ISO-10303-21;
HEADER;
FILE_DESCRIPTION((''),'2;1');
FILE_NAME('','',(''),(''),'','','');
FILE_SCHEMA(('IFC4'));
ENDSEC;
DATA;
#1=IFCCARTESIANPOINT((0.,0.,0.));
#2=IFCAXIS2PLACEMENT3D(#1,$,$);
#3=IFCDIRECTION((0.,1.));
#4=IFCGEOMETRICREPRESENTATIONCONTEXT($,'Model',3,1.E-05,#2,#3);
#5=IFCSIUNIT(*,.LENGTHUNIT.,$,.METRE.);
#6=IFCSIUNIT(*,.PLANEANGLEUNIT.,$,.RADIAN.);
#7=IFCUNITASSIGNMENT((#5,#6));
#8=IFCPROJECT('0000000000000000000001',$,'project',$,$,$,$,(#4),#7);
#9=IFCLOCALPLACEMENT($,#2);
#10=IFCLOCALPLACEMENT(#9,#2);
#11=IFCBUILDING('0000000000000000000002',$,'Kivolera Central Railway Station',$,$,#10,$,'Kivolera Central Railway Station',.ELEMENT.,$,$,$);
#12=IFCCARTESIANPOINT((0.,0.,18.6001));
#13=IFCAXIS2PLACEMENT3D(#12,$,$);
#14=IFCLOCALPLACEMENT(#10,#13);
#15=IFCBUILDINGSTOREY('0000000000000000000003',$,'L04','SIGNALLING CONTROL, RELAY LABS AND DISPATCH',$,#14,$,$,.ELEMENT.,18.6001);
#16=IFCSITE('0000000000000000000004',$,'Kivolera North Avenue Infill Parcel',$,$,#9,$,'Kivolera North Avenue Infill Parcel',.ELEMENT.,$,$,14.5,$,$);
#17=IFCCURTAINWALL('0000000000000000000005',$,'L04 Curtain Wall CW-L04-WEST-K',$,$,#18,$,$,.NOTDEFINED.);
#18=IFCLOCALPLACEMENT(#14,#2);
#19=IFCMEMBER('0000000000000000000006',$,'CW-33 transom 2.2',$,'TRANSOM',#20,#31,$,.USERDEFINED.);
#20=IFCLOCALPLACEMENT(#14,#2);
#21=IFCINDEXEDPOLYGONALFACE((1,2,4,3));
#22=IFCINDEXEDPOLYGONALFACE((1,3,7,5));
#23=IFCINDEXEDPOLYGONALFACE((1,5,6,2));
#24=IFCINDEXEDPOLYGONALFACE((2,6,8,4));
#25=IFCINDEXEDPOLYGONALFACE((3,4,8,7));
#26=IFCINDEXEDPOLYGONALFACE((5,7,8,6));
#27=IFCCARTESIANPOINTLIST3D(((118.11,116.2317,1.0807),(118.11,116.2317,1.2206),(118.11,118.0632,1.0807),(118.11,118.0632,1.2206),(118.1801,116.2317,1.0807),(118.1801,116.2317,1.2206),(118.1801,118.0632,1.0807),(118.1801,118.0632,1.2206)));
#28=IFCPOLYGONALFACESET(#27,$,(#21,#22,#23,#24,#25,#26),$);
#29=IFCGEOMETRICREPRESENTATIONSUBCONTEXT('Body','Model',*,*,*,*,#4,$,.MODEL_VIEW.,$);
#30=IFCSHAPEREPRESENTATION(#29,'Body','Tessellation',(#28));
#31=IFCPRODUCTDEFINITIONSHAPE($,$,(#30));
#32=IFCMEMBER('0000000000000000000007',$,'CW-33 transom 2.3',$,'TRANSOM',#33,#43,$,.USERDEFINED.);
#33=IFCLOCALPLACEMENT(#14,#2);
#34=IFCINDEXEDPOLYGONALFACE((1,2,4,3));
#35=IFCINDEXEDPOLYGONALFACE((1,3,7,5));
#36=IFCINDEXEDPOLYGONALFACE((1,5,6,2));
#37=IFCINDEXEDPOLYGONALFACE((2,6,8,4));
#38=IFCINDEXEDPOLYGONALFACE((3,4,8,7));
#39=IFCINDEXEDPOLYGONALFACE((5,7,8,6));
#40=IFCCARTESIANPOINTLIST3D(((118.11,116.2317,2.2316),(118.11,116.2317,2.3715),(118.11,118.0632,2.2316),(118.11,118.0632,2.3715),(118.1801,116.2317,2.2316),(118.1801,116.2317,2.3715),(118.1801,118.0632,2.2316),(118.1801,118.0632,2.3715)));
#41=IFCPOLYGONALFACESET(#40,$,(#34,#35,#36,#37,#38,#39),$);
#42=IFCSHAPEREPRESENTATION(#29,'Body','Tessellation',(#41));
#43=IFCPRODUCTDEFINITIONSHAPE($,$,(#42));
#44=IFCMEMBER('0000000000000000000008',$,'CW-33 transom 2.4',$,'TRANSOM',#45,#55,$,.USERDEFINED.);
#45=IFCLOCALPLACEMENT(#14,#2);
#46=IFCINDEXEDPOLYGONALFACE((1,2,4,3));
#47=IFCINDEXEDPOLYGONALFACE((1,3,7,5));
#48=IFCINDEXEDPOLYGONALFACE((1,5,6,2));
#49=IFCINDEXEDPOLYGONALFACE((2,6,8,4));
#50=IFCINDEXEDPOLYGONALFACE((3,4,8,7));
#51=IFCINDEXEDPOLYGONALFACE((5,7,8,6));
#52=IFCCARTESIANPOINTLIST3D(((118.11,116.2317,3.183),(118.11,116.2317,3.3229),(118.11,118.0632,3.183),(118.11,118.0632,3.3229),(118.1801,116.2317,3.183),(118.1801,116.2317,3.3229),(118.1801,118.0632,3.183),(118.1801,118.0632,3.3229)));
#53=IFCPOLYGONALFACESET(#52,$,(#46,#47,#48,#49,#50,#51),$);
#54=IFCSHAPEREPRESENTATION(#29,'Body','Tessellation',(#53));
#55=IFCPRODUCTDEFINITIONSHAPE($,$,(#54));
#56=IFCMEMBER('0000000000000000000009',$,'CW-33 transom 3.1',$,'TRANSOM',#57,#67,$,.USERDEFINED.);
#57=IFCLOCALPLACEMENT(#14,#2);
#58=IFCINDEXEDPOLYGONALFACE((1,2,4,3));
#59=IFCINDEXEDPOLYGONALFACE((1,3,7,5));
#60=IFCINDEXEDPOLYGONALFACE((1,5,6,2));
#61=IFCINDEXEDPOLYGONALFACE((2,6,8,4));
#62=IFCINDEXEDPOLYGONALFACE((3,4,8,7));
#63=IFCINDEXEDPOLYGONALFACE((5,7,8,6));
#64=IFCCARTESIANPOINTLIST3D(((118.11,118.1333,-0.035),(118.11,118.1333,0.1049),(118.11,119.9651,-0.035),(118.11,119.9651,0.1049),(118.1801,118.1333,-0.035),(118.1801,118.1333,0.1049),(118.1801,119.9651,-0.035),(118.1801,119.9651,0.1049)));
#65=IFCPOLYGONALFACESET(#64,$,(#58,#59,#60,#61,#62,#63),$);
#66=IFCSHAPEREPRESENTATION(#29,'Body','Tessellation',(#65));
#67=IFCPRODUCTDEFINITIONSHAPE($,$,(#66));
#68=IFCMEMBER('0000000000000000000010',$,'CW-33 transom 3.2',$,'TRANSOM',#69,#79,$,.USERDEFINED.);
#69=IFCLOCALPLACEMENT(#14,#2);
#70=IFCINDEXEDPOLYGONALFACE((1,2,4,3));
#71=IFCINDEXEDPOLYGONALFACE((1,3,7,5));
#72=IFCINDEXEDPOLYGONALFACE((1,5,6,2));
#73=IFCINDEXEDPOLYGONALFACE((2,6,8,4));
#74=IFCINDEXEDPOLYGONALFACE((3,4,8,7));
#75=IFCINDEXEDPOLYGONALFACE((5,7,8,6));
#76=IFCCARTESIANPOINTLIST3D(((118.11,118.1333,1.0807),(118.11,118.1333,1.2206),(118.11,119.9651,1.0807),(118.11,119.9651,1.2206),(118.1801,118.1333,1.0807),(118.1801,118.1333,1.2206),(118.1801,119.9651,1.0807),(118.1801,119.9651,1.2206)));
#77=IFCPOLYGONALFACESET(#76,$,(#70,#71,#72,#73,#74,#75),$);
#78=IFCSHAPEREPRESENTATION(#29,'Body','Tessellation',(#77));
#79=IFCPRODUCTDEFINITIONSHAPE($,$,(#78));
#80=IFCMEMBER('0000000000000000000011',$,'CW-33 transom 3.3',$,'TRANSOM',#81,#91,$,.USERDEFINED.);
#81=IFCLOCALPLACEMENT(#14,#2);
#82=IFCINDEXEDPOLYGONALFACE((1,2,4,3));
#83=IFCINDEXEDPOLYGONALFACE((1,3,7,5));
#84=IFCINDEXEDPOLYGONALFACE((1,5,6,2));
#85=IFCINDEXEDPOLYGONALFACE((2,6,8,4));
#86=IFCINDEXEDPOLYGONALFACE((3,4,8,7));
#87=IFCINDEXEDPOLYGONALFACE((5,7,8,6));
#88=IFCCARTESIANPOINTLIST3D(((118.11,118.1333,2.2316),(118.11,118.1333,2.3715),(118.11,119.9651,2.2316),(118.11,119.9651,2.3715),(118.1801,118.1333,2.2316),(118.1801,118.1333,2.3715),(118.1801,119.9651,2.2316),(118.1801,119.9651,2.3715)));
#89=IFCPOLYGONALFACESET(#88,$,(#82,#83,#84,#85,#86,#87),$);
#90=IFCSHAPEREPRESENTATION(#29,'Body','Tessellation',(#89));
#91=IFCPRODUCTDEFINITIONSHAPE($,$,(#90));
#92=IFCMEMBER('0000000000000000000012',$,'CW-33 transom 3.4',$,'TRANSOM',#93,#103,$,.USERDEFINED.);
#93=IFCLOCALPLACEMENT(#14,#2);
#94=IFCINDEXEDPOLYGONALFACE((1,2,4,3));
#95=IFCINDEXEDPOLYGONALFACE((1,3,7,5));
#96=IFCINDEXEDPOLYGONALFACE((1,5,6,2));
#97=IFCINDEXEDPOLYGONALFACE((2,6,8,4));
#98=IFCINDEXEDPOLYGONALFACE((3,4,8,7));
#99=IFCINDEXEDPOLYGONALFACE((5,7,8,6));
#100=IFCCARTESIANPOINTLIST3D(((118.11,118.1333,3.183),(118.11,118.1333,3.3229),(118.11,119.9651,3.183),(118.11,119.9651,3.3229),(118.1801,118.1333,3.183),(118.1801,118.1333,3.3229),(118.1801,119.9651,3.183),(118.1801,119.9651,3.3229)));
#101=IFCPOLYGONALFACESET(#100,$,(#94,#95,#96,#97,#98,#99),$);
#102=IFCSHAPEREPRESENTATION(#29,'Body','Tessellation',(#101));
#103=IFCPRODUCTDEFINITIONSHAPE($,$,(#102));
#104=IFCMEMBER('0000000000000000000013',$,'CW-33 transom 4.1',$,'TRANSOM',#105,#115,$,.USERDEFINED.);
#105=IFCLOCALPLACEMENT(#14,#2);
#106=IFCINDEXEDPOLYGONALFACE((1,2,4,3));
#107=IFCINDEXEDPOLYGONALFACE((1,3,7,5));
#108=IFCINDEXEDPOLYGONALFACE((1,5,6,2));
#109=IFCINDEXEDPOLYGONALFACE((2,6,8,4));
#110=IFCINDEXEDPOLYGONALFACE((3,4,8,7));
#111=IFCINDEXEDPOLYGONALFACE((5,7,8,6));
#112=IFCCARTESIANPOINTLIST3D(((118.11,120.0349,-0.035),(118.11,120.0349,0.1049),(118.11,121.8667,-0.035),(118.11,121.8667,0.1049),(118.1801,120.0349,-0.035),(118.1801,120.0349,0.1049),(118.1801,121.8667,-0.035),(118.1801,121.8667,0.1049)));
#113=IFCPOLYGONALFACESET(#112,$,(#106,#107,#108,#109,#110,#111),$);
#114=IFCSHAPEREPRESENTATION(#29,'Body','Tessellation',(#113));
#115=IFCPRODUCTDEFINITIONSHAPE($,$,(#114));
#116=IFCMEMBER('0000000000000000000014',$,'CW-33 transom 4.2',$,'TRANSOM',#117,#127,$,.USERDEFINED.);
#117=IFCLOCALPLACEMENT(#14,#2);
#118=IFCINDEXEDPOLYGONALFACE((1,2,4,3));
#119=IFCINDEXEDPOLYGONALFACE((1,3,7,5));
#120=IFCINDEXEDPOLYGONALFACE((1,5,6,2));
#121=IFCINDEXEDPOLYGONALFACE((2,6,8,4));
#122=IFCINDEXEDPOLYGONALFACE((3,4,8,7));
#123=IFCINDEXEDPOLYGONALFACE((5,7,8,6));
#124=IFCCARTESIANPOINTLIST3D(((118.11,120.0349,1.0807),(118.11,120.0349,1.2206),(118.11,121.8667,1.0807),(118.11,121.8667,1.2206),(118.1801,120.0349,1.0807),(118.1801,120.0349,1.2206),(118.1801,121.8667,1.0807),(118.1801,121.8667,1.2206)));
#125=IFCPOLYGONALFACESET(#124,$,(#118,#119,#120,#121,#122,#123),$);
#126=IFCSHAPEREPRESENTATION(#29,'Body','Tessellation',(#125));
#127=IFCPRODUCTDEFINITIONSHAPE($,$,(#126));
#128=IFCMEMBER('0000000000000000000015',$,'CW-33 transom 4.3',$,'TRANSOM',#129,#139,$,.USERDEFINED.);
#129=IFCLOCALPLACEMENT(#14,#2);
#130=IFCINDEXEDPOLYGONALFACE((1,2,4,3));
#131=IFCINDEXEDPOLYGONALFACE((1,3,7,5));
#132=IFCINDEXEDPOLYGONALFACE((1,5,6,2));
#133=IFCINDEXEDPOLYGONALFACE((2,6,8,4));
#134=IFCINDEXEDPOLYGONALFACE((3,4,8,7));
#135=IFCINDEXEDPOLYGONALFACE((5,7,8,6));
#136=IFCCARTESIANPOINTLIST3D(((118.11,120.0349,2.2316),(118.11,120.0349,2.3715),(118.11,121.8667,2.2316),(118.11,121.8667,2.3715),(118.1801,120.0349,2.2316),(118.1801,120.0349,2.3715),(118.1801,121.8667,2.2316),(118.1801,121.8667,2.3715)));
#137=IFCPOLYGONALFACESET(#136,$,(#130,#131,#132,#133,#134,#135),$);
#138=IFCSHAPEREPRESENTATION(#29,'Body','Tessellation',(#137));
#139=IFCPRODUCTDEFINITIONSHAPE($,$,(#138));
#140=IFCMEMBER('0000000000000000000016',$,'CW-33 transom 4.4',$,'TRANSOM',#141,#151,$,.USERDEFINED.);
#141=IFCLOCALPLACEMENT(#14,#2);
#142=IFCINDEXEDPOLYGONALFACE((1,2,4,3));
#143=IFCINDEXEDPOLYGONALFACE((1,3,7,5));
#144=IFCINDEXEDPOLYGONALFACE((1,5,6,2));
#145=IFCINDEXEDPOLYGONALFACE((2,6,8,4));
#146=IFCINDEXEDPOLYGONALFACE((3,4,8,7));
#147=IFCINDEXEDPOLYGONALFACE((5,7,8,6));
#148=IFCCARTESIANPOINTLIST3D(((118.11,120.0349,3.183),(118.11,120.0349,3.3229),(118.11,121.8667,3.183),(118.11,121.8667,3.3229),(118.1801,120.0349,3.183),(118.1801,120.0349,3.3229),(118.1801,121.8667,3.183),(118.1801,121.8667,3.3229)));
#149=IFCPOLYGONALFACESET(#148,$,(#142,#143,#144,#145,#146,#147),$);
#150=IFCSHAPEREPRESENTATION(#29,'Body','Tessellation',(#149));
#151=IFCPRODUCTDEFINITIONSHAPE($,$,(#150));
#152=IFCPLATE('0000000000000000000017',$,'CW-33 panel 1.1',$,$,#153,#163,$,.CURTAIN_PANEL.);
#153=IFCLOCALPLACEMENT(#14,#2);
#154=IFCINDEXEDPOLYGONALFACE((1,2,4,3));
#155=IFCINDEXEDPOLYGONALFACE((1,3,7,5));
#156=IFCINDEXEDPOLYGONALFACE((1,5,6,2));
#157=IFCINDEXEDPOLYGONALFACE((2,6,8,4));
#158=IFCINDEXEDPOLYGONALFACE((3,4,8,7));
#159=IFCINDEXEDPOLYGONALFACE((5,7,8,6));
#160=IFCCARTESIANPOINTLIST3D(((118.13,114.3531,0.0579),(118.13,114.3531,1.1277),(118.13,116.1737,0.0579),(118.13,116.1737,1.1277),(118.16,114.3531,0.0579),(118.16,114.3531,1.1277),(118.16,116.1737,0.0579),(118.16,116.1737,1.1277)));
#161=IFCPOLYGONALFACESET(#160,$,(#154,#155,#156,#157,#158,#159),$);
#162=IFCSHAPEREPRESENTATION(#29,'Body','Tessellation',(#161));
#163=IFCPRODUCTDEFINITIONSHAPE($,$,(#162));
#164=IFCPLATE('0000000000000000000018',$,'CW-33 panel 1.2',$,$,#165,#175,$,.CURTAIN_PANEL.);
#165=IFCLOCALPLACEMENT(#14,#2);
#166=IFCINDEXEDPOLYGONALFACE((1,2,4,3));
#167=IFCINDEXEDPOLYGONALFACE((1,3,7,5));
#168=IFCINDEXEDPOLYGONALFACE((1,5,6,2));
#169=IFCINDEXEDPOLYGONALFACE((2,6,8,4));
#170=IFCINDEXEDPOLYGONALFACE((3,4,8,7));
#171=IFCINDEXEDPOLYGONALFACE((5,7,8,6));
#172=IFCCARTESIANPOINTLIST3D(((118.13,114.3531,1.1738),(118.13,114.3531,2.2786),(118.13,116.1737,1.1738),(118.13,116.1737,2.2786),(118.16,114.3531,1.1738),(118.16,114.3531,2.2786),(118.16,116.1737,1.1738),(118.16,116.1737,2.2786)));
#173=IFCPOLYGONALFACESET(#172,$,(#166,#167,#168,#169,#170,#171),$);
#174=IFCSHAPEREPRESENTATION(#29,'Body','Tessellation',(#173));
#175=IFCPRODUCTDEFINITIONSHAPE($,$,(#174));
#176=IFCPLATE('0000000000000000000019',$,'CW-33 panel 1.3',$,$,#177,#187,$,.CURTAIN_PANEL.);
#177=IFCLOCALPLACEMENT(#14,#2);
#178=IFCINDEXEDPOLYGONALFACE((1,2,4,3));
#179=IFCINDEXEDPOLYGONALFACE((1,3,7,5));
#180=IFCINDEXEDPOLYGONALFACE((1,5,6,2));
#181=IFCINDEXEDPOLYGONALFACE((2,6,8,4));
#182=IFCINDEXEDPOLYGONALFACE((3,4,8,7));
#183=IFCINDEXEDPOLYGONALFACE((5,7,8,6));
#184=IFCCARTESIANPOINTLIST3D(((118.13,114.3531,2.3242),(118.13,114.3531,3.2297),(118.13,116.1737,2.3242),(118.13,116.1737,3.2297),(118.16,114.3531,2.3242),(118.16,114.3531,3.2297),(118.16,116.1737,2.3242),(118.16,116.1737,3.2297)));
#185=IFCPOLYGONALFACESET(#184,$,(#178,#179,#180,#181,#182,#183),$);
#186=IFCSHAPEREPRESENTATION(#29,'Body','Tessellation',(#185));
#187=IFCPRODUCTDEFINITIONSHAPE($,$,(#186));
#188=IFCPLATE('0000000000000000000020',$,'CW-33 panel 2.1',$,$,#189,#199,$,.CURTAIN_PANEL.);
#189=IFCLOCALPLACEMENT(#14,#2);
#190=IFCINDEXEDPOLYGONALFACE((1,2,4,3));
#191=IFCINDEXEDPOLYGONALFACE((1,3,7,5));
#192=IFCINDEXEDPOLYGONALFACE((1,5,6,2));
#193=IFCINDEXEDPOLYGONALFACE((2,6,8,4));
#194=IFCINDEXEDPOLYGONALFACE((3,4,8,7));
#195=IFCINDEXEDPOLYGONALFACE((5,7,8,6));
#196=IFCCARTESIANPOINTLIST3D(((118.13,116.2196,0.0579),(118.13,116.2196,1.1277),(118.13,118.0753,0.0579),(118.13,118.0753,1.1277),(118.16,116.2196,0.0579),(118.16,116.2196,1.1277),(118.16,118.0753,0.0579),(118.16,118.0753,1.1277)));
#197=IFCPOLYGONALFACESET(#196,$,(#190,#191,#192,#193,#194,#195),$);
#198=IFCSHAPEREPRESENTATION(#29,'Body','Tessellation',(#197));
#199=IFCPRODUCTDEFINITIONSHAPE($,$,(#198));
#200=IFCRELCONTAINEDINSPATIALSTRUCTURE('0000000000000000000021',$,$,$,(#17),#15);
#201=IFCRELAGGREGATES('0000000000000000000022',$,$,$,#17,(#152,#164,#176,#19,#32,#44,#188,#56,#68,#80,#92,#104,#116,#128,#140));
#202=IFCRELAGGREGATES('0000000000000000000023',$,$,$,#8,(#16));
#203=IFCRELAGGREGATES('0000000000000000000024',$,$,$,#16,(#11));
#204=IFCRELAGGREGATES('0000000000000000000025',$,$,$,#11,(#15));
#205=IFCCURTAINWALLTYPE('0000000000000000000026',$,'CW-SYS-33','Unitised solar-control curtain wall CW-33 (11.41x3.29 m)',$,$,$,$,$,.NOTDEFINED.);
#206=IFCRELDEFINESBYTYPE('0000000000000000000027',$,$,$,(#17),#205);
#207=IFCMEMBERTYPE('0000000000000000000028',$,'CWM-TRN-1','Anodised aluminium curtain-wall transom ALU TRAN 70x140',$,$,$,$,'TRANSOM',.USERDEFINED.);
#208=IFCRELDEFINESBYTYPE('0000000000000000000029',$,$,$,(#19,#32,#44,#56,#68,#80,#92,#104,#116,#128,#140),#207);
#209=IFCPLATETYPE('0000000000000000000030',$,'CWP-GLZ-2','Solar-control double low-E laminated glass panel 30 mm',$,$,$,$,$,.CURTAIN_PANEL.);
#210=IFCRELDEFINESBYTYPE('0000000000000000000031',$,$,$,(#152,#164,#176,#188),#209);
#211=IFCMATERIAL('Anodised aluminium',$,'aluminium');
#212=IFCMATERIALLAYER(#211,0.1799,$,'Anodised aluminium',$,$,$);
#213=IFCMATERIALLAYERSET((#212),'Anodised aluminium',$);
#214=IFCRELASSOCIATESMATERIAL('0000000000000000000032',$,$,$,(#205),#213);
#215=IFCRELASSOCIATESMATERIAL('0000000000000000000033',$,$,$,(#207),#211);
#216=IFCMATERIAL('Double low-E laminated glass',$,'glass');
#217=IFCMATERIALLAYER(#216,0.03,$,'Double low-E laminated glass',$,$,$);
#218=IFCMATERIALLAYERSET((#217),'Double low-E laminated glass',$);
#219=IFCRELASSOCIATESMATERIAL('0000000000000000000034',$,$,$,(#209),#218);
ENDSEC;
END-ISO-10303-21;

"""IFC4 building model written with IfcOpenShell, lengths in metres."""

from ifc_helpers import new_model, si_unit, direction, frame, origin, origin_2d, place, context, subcontext, project, spatial, rectangle, extrude, material, layer, layer_set, material_profile, profile_set, type_object, element, aggregate, save


model = new_model("IFC4")

# Units and contexts
model_context = context("Model", 3, precision=1e-05, world=origin(), true_north=direction((0.0, 1.0)))
body_context = subcontext(model_context, "Body", "Model", "MODEL_VIEW")
ifc_project = project(units=[si_unit("LENGTHUNIT", "METRE"), si_unit("PLANEANGLEUNIT", "RADIAN")], contexts=[model_context])

# Site, building, storey
site_placement = place(None, origin())
site = spatial("IfcSite", under=ifc_project, at=site_placement, Name="Kivolera North Avenue Infill Parcel", LongName="Kivolera North Avenue Infill Parcel", CompositionType="ELEMENT", RefElevation=14.5)
building_placement = place(site_placement, origin())
building = spatial("IfcBuilding", under=site, at=building_placement, Name="Kivolera Central Railway Station", LongName="Kivolera Central Railway Station", CompositionType="ELEMENT")
storey_placement = place(building_placement, frame((0.0, 0.0, 18.6001)))
storey = spatial("IfcBuildingStorey", under=building, at=storey_placement, Name="L04", Description="SIGNALLING CONTROL, RELAY LABS AND DISPATCH", CompositionType="ELEMENT", Elevation=18.6001)

# Curtain wall, members, plates
ifc_material_1 = material(Name="Anodised aluminium", Category="aluminium")
ifc_layer_1 = layer(ifc_material_1, 0.1799, Name="Anodised aluminium")
ifc_layer_set_1 = layer_set([ifc_layer_1], Name="Anodised aluminium")
curtain_wall_type = type_object("IfcCurtainWallType", Name="CW-SYS-33", Description="Unitised solar-control curtain wall CW-33 (11.41x3.29 m)", PredefinedType="NOTDEFINED", material=ifc_layer_set_1)
curtain_wall_placement = place(storey_placement, origin())
curtain_wall = element("IfcCurtainWall", 1, at=curtain_wall_placement, inside=storey, type_object=curtain_wall_type, Name="L04 Curtain Wall CW-L04-WEST-K", PredefinedType="NOTDEFINED")
ifc_material_profile_1 = material_profile(ifc_material_1, rectangle(XDim=0.0701, YDim=0.1399, at=origin_2d()), Name="ALU TRAN 70x140")
ifc_profile_set_1 = profile_set([ifc_material_profile_1], Name="Anodised aluminium")
member_type_1 = type_object("IfcMemberType", Name="CWM-TRN-1", Description="Anodised aluminium curtain-wall transom ALU TRAN 70x140", ElementType="TRANSOM", PredefinedType="USERDEFINED", material=ifc_profile_set_1)
member_1_placement = place(storey_placement, frame((118.145, 116.2317, 1.1506), z_axis=(0.0, 1.0, 0.0), x_axis=(-1.0, 0.0, 0.0)))
member_1 = element("IfcMember", 2, at=member_1_placement, type_object=member_type_1, Name="CW-33 transom 2.2", ObjectType="TRANSOM", PredefinedType="USERDEFINED", context=body_context, shape_type="SweptSolid", body=[
    extrude(rectangle(XDim=0.0701, YDim=0.1399, at=origin_2d()), origin(), (0.0, 0.0, 1.0), 1.8315),
])
member_2_placement = place(storey_placement, frame((118.145, 116.2317, 2.3015), z_axis=(0.0, 1.0, 0.0), x_axis=(-1.0, 0.0, 0.0)))
member_2 = element("IfcMember", 3, at=member_2_placement, type_object=member_type_1, Name="CW-33 transom 2.3", ObjectType="TRANSOM", PredefinedType="USERDEFINED", context=body_context, shape_type="SweptSolid", body=[
    extrude(rectangle(XDim=0.0701, YDim=0.1399, at=origin_2d()), origin(), (0.0, 0.0, 1.0), 1.8315),
])
member_3_placement = place(storey_placement, frame((118.145, 116.2317, 3.2529), z_axis=(0.0, 1.0, 0.0), x_axis=(-1.0, 0.0, 0.0)))
member_3 = element("IfcMember", 4, at=member_3_placement, type_object=member_type_1, Name="CW-33 transom 2.4", ObjectType="TRANSOM", PredefinedType="USERDEFINED", context=body_context, shape_type="SweptSolid", body=[
    extrude(rectangle(XDim=0.0701, YDim=0.1399, at=origin_2d()), origin(), (0.0, 0.0, 1.0), 1.8315),
])
member_4_placement = place(storey_placement, frame((118.145, 118.1333, 0.0349), z_axis=(0.0, 1.0, 0.0), x_axis=(-1.0, 0.0, 0.0)))
member_4 = element("IfcMember", 5, at=member_4_placement, type_object=member_type_1, Name="CW-33 transom 3.1", ObjectType="TRANSOM", PredefinedType="USERDEFINED", context=body_context, shape_type="SweptSolid", body=[
    extrude(rectangle(XDim=0.0701, YDim=0.1399, at=origin_2d()), origin(), (0.0, 0.0, 1.0), 1.8318),
])
member_5_placement = place(storey_placement, frame((118.145, 118.1333, 1.1506), z_axis=(0.0, 1.0, 0.0), x_axis=(-1.0, 0.0, 0.0)))
member_5 = element("IfcMember", 6, at=member_5_placement, type_object=member_type_1, Name="CW-33 transom 3.2", ObjectType="TRANSOM", PredefinedType="USERDEFINED", context=body_context, shape_type="SweptSolid", body=[
    extrude(rectangle(XDim=0.0701, YDim=0.1399, at=origin_2d()), origin(), (0.0, 0.0, 1.0), 1.8318),
])
member_6_placement = place(storey_placement, frame((118.145, 118.1333, 2.3015), z_axis=(0.0, 1.0, 0.0), x_axis=(-1.0, 0.0, 0.0)))
member_6 = element("IfcMember", 7, at=member_6_placement, type_object=member_type_1, Name="CW-33 transom 3.3", ObjectType="TRANSOM", PredefinedType="USERDEFINED", context=body_context, shape_type="SweptSolid", body=[
    extrude(rectangle(XDim=0.0701, YDim=0.1399, at=origin_2d()), origin(), (0.0, 0.0, 1.0), 1.8318),
])
member_7_placement = place(storey_placement, frame((118.145, 118.1333, 3.2529), z_axis=(0.0, 1.0, 0.0), x_axis=(-1.0, 0.0, 0.0)))
member_7 = element("IfcMember", 8, at=member_7_placement, type_object=member_type_1, Name="CW-33 transom 3.4", ObjectType="TRANSOM", PredefinedType="USERDEFINED", context=body_context, shape_type="SweptSolid", body=[
    extrude(rectangle(XDim=0.0701, YDim=0.1399, at=origin_2d()), origin(), (0.0, 0.0, 1.0), 1.8318),
])
member_8_placement = place(storey_placement, frame((118.145, 120.0349, 0.0349), z_axis=(0.0, 1.0, 0.0), x_axis=(-1.0, 0.0, 0.0)))
member_8 = element("IfcMember", 9, at=member_8_placement, type_object=member_type_1, Name="CW-33 transom 4.1", ObjectType="TRANSOM", PredefinedType="USERDEFINED", context=body_context, shape_type="SweptSolid", body=[
    extrude(rectangle(XDim=0.0701, YDim=0.1399, at=origin_2d()), origin(), (0.0, 0.0, 1.0), 1.8318),
])
member_9_placement = place(storey_placement, frame((118.145, 120.0349, 1.1506), z_axis=(0.0, 1.0, 0.0), x_axis=(-1.0, 0.0, 0.0)))
member_9 = element("IfcMember", 10, at=member_9_placement, type_object=member_type_1, Name="CW-33 transom 4.2", ObjectType="TRANSOM", PredefinedType="USERDEFINED", context=body_context, shape_type="SweptSolid", body=[
    extrude(rectangle(XDim=0.0701, YDim=0.1399, at=origin_2d()), origin(), (0.0, 0.0, 1.0), 1.8318),
])
member_10_placement = place(storey_placement, frame((118.145, 120.0349, 2.3015), z_axis=(0.0, 1.0, 0.0), x_axis=(-1.0, 0.0, 0.0)))
member_10 = element("IfcMember", 11, at=member_10_placement, type_object=member_type_1, Name="CW-33 transom 4.3", ObjectType="TRANSOM", PredefinedType="USERDEFINED", context=body_context, shape_type="SweptSolid", body=[
    extrude(rectangle(XDim=0.0701, YDim=0.1399, at=origin_2d()), origin(), (0.0, 0.0, 1.0), 1.8318),
])
member_11_placement = place(storey_placement, frame((118.145, 120.0349, 3.2529), z_axis=(0.0, 1.0, 0.0), x_axis=(-1.0, 0.0, 0.0)))
member_11 = element("IfcMember", 12, at=member_11_placement, type_object=member_type_1, Name="CW-33 transom 4.4", ObjectType="TRANSOM", PredefinedType="USERDEFINED", context=body_context, shape_type="SweptSolid", body=[
    extrude(rectangle(XDim=0.0701, YDim=0.1399, at=origin_2d()), origin(), (0.0, 0.0, 1.0), 1.8318),
])
ifc_material_2 = material(Name="Double low-E laminated glass", Category="glass")
ifc_layer_2 = layer(ifc_material_2, 0.03, Name="Double low-E laminated glass")
ifc_layer_set_2 = layer_set([ifc_layer_2], Name="Double low-E laminated glass")
plate_type = type_object("IfcPlateType", Name="CWP-GLZ-2", Description="Solar-control double low-E laminated glass panel 30 mm", PredefinedType="CURTAIN_PANEL", material=ifc_layer_set_2)
plate_1_placement = place(storey_placement, frame((118.145, 115.2634, 0.0579), z_axis=(0.0, 0.0, 1.0), x_axis=(0.0, 1.0, 0.0)))
plate_1 = element("IfcPlate", 13, at=plate_1_placement, type_object=plate_type, Name="CW-33 panel 1.1", PredefinedType="CURTAIN_PANEL", context=body_context, shape_type="SweptSolid", body=[
    extrude(rectangle(XDim=1.8206, YDim=0.03, at=origin_2d()), origin(), (0.0, 0.0, 1.0), 1.0698),
])
plate_2_placement = place(storey_placement, frame((118.145, 115.2634, 1.1738), z_axis=(0.0, 0.0, 1.0), x_axis=(0.0, 1.0, 0.0)))
plate_2 = element("IfcPlate", 14, at=plate_2_placement, type_object=plate_type, Name="CW-33 panel 1.2", PredefinedType="CURTAIN_PANEL", context=body_context, shape_type="SweptSolid", body=[
    extrude(rectangle(XDim=1.8206, YDim=0.03, at=origin_2d()), origin(), (0.0, 0.0, 1.0), 1.1047),
])
plate_3_placement = place(storey_placement, frame((118.145, 115.2634, 2.3242), z_axis=(0.0, 0.0, 1.0), x_axis=(0.0, 1.0, 0.0)))
plate_3 = element("IfcPlate", 15, at=plate_3_placement, type_object=plate_type, Name="CW-33 panel 1.3", PredefinedType="CURTAIN_PANEL", context=body_context, shape_type="SweptSolid", body=[
    extrude(rectangle(XDim=1.8206, YDim=0.03, at=origin_2d()), origin(), (0.0, 0.0, 1.0), 0.9055),
])
plate_4_placement = place(storey_placement, frame((118.145, 117.1475, 0.0579), z_axis=(0.0, 0.0, 1.0), x_axis=(0.0, 1.0, 0.0)))
plate_4 = element("IfcPlate", 16, at=plate_4_placement, type_object=plate_type, Name="CW-33 panel 2.1", PredefinedType="CURTAIN_PANEL", context=body_context, shape_type="SweptSolid", body=[
    extrude(rectangle(XDim=1.8557, YDim=0.03, at=origin_2d()), origin(), (0.0, 0.0, 1.0), 1.0698),
])
aggregate(curtain_wall, [plate_1, plate_2, plate_3, member_1, member_2, member_3, plate_4, member_4, member_5, member_6, member_7, member_8, member_9, member_10, member_11])

save(model, "model.ifc")
